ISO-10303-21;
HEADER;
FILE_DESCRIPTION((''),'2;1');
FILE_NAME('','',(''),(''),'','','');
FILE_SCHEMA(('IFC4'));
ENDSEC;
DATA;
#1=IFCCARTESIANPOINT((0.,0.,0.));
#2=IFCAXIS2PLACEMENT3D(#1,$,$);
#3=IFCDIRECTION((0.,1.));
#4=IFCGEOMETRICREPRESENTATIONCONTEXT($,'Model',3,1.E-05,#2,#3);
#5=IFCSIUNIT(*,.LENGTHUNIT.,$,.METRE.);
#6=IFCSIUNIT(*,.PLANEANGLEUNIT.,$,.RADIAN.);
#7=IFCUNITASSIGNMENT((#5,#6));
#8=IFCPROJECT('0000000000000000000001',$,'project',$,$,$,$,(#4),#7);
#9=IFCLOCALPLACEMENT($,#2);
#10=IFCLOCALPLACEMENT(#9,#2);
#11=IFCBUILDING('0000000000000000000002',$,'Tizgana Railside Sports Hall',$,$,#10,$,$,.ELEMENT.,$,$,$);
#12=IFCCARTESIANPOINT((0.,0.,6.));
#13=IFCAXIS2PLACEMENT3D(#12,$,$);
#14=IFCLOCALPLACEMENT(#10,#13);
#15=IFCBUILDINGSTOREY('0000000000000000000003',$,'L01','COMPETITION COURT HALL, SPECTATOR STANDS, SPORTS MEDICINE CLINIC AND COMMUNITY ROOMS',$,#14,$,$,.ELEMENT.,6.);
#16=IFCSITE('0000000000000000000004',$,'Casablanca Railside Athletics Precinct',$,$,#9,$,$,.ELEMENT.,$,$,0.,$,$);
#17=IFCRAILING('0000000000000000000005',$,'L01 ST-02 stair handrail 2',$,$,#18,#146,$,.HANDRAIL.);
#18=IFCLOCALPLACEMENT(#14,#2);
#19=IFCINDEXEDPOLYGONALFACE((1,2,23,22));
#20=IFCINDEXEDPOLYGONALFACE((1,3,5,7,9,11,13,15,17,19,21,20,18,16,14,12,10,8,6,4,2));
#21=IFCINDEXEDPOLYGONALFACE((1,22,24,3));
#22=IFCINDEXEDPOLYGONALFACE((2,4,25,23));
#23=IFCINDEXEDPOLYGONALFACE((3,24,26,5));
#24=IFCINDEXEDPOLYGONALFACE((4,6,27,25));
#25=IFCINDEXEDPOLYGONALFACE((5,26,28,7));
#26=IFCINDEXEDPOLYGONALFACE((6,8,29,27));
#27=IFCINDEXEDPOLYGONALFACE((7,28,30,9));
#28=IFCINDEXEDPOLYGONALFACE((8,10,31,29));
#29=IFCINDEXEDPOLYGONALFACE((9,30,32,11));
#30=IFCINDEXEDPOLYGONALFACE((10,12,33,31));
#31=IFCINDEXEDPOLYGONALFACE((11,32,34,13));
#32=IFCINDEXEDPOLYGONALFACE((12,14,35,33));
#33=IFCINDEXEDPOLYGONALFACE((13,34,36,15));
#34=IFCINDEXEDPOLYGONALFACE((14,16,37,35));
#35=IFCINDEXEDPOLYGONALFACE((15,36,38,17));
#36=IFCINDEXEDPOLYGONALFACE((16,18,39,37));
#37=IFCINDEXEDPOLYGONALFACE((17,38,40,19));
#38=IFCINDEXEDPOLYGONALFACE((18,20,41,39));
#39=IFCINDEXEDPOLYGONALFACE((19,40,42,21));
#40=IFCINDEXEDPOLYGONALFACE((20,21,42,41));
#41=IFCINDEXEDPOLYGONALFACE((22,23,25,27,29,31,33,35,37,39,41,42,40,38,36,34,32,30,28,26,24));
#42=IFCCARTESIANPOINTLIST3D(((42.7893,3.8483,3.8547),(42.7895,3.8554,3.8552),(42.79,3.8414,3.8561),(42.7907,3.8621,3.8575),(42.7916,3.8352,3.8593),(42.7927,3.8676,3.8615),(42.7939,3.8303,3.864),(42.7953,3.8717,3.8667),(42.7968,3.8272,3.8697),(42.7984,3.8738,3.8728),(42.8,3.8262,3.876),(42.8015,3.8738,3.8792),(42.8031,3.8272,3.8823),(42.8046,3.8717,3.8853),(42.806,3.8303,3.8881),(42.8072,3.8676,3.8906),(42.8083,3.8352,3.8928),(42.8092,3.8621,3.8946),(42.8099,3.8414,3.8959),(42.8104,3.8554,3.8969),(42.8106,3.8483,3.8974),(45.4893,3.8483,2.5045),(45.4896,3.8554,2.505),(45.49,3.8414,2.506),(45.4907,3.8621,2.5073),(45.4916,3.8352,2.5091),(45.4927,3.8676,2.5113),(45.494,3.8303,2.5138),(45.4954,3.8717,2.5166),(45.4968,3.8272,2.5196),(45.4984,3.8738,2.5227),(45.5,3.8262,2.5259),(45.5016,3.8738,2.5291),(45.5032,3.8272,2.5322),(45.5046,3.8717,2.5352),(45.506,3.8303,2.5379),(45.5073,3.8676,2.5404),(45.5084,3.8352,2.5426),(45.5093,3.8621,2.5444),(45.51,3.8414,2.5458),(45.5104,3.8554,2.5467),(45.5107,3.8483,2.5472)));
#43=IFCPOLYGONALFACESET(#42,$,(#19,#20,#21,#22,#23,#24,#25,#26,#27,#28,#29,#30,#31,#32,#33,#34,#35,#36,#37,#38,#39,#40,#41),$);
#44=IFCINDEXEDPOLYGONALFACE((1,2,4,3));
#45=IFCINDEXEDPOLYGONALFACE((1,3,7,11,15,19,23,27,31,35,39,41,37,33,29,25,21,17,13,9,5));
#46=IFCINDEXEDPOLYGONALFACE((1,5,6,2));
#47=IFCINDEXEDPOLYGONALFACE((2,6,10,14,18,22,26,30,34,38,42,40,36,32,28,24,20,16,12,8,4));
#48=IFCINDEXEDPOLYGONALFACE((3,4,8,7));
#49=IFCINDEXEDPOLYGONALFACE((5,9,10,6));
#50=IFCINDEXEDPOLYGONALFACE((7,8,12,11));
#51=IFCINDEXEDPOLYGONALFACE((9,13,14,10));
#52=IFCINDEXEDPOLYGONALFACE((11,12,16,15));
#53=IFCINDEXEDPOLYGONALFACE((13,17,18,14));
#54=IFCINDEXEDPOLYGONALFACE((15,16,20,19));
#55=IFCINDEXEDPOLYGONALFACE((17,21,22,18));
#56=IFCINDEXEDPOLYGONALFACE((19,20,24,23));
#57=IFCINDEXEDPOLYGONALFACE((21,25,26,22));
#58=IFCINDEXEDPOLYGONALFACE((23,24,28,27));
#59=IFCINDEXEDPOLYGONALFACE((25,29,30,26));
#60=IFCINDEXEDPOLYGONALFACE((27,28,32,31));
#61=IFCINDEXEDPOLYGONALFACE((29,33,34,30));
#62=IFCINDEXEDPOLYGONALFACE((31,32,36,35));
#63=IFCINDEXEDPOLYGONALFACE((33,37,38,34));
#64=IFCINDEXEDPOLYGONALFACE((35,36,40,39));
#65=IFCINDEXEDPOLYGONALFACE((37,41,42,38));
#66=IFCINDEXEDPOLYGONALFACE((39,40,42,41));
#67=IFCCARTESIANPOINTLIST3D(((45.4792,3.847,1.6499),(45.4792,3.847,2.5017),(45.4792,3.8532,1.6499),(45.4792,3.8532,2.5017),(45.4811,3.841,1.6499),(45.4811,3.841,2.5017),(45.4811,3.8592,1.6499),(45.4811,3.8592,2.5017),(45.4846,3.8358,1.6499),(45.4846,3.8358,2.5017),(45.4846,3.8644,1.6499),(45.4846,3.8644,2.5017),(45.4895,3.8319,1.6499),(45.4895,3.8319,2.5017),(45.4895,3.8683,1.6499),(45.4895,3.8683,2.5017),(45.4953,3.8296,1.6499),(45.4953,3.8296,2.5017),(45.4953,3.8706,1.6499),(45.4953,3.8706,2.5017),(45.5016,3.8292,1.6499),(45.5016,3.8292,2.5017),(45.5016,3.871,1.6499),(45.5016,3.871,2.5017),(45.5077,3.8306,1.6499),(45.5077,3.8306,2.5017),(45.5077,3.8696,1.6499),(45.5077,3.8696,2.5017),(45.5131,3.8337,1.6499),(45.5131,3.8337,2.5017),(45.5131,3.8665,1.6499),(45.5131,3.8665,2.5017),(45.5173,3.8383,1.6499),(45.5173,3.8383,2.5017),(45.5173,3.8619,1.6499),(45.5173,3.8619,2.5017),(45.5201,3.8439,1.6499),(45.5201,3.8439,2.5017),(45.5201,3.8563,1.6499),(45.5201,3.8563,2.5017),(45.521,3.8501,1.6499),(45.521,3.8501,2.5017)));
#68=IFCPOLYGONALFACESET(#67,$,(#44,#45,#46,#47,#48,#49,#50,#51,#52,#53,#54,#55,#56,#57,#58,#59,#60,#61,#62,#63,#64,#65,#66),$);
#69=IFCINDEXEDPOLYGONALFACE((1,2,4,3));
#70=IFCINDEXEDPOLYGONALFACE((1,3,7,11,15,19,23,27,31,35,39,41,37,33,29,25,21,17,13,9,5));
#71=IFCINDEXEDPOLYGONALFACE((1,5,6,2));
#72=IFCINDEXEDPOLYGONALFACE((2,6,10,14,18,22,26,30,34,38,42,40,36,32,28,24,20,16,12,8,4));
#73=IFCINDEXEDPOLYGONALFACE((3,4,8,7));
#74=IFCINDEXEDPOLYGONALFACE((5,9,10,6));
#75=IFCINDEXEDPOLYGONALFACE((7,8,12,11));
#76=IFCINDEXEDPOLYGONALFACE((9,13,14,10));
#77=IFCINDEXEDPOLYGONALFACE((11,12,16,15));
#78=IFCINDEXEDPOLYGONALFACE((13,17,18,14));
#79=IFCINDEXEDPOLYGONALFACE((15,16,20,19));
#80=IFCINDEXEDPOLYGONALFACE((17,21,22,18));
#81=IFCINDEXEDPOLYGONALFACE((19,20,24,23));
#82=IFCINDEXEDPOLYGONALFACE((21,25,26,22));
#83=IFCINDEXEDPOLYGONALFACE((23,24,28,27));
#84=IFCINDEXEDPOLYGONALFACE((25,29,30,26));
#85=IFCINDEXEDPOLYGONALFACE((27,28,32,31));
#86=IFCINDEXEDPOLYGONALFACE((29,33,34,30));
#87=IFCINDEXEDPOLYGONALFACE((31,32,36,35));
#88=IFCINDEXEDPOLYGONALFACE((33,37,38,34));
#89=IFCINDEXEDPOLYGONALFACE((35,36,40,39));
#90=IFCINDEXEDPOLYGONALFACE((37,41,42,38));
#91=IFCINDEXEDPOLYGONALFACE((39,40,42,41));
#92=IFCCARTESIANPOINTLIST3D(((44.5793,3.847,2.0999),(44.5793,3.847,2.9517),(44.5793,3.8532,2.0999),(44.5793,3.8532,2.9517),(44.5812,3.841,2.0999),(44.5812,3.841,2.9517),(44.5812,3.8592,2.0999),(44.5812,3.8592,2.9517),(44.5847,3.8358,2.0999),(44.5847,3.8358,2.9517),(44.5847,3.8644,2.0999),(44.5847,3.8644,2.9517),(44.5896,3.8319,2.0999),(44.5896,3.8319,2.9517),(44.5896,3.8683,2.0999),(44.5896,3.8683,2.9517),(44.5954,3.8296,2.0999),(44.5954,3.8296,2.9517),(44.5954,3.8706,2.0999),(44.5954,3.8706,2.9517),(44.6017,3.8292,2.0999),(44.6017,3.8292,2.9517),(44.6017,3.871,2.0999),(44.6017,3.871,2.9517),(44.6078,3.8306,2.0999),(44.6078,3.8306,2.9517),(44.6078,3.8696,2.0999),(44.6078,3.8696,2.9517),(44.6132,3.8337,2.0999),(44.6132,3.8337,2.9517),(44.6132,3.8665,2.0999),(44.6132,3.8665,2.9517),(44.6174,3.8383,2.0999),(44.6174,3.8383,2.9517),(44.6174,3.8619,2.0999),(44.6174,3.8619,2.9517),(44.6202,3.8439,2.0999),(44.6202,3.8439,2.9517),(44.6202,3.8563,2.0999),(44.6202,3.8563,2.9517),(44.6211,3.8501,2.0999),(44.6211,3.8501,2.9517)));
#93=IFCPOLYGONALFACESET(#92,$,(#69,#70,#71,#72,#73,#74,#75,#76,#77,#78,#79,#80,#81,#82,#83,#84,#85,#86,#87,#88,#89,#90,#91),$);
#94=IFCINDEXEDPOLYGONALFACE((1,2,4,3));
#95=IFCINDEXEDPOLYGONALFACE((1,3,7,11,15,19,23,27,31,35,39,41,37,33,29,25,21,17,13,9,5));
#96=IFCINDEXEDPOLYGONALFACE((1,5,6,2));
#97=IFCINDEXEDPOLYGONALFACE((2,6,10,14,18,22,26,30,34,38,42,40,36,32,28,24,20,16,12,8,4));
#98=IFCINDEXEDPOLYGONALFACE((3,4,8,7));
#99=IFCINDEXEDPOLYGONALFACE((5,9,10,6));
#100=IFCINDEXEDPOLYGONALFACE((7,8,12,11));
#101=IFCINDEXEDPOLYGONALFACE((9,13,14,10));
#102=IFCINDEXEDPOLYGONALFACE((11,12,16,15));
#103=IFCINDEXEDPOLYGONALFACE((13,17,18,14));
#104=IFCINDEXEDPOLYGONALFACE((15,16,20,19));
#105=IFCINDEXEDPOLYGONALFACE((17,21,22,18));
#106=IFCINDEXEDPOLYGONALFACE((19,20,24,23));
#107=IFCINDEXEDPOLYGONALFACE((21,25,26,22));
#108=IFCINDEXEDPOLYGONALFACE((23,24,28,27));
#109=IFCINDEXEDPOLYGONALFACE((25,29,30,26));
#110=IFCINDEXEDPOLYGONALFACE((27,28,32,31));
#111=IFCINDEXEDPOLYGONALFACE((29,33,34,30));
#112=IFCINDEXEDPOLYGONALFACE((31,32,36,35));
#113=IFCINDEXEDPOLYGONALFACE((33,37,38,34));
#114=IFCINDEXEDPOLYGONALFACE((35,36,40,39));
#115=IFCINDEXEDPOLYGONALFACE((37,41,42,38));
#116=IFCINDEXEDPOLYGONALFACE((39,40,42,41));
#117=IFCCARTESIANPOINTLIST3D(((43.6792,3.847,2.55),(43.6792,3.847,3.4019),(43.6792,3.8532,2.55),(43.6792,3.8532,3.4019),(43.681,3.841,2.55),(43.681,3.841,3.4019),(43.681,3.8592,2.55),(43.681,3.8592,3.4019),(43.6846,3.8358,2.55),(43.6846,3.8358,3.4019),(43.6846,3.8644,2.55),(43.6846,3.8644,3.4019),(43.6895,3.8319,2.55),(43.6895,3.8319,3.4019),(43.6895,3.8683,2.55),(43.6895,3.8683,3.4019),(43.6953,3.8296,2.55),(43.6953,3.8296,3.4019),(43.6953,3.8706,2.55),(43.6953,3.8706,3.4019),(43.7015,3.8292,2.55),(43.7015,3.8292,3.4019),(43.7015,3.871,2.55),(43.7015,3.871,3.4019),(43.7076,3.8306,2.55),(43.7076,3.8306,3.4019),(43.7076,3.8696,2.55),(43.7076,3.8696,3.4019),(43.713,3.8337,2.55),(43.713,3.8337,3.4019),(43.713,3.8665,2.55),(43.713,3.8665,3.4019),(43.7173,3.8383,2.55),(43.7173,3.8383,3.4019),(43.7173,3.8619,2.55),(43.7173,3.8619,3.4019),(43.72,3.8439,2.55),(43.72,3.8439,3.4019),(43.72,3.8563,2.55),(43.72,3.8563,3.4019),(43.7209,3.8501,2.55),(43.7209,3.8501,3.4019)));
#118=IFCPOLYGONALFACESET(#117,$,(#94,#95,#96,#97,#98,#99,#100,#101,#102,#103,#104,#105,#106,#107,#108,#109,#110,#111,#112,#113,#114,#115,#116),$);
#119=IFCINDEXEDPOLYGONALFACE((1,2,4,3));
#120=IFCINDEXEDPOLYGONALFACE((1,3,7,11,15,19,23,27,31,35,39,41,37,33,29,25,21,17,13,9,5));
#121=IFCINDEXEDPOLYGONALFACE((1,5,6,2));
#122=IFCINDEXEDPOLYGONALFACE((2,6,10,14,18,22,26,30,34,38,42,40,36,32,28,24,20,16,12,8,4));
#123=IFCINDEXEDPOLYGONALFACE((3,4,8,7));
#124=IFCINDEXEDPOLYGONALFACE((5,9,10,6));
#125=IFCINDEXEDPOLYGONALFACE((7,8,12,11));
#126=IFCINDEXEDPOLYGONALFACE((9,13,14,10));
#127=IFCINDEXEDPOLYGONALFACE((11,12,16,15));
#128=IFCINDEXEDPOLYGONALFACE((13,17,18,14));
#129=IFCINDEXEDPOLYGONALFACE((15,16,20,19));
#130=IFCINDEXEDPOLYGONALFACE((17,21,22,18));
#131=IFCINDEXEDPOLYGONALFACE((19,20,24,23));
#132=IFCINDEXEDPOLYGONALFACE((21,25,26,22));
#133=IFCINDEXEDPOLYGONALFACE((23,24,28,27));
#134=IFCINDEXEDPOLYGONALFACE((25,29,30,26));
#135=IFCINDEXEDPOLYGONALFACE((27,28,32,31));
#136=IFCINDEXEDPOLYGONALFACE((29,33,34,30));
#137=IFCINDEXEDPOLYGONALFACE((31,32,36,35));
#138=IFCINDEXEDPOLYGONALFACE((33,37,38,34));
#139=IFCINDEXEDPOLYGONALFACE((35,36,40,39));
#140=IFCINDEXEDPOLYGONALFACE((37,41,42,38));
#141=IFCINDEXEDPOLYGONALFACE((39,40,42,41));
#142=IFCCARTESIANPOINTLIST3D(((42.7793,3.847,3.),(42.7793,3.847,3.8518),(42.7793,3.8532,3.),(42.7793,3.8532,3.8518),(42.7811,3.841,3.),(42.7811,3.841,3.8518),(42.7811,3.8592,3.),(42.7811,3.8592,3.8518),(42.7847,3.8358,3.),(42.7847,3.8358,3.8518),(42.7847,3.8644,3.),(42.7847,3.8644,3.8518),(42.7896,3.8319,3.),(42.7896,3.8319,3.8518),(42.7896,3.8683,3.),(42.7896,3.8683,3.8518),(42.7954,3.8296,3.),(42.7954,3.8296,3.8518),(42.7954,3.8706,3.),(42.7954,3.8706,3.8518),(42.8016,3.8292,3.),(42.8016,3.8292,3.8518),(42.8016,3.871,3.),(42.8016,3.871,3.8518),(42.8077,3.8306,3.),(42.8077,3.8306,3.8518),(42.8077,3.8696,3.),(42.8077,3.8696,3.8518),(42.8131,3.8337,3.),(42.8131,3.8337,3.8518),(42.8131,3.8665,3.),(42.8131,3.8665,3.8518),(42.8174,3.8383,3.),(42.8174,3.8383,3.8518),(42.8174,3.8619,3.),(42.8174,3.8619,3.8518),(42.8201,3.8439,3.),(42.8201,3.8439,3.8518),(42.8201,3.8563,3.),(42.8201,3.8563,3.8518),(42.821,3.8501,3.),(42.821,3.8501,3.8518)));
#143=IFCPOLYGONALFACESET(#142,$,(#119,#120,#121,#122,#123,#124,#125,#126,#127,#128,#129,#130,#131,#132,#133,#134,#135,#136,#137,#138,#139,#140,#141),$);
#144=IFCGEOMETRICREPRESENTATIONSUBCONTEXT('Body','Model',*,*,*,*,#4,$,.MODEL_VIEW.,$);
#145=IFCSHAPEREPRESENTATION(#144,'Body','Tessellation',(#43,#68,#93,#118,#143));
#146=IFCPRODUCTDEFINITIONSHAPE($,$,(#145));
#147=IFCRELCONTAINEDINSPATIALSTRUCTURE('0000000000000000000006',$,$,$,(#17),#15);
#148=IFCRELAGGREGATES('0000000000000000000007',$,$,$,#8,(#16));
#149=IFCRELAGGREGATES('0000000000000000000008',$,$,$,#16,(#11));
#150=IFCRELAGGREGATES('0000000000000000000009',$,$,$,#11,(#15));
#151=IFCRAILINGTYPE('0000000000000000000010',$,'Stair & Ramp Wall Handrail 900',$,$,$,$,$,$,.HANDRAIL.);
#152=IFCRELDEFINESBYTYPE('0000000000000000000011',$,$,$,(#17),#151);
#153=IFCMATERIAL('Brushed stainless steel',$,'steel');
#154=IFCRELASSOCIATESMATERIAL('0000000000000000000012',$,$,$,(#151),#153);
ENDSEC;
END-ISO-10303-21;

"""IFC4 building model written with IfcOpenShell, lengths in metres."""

from ifc_helpers import new_model, si_unit, direction, frame, origin, origin_2d, place, context, subcontext, project, spatial, circle, extrude, material, type_object, element, save


model = new_model("IFC4")

# Units and contexts
model_context = context("Model", 3, precision=1e-05, world=origin(), true_north=direction((0.0, 1.0)))
body_context = subcontext(model_context, "Body", "Model", "MODEL_VIEW")
ifc_project = project(units=[si_unit("LENGTHUNIT", "METRE"), si_unit("PLANEANGLEUNIT", "RADIAN")], contexts=[model_context])

# Site, building, storey
site_placement = place(None, origin())
site = spatial("IfcSite", under=ifc_project, at=site_placement, Name="Casablanca Railside Athletics Precinct", CompositionType="ELEMENT", RefElevation=0.0)
building_placement = place(site_placement, origin())
building = spatial("IfcBuilding", under=site, at=building_placement, Name="Tizgana Railside Sports Hall", CompositionType="ELEMENT")
storey_placement = place(building_placement, frame((0.0, 0.0, 6.0)))
storey = spatial("IfcBuildingStorey", under=building, at=storey_placement, Name="L01", Description="COMPETITION COURT HALL, SPECTATOR STANDS, SPORTS MEDICINE CLINIC AND COMMUNITY ROOMS", CompositionType="ELEMENT", Elevation=6.0)

# Railing
ifc_material_1 = material(Name="Brushed stainless steel", Category="steel")
railing_type_1 = type_object("IfcRailingType", Name="Stair & Ramp Wall Handrail 900", PredefinedType="HANDRAIL", material=ifc_material_1)
for number, where, name in (
    (1, (45.5, 3.8501, 1.6499), "L01 ST-02 stair handrail 2"),
):
    element("IfcRailing", number, at=place(storey_placement, frame(where)), inside=storey, type_object=railing_type_1, Name=name, PredefinedType="HANDRAIL", context=body_context, shape_type="SweptSolid", body=[
        extrude(circle(Radius=0.0239, at=origin_2d()), frame((0.0, 0.0, 0.876), z_axis=(-0.894411, 0.0, 0.447246), x_axis=(0.0, -1.0, 0.0)), (0.0, 0.0, 1.0), 3.0188),
        extrude(circle(Radius=0.021, at=origin_2d()), origin(), (0.0, 0.0, 1.0), 0.8518),
        extrude(circle(Radius=0.021, at=origin_2d()), frame((-0.8999, 0.0, 0.45)), (0.0, 0.0, 1.0), 0.8518),
        extrude(circle(Radius=0.021, at=origin_2d()), frame((-1.8, 0.0, 0.9001)), (0.0, 0.0, 1.0), 0.8518),
        extrude(circle(Radius=0.021, at=origin_2d()), frame((-2.7, 0.0, 1.3501)), (0.0, 0.0, 1.0), 0.8518),
    ])

save(model, "model.ifc")
